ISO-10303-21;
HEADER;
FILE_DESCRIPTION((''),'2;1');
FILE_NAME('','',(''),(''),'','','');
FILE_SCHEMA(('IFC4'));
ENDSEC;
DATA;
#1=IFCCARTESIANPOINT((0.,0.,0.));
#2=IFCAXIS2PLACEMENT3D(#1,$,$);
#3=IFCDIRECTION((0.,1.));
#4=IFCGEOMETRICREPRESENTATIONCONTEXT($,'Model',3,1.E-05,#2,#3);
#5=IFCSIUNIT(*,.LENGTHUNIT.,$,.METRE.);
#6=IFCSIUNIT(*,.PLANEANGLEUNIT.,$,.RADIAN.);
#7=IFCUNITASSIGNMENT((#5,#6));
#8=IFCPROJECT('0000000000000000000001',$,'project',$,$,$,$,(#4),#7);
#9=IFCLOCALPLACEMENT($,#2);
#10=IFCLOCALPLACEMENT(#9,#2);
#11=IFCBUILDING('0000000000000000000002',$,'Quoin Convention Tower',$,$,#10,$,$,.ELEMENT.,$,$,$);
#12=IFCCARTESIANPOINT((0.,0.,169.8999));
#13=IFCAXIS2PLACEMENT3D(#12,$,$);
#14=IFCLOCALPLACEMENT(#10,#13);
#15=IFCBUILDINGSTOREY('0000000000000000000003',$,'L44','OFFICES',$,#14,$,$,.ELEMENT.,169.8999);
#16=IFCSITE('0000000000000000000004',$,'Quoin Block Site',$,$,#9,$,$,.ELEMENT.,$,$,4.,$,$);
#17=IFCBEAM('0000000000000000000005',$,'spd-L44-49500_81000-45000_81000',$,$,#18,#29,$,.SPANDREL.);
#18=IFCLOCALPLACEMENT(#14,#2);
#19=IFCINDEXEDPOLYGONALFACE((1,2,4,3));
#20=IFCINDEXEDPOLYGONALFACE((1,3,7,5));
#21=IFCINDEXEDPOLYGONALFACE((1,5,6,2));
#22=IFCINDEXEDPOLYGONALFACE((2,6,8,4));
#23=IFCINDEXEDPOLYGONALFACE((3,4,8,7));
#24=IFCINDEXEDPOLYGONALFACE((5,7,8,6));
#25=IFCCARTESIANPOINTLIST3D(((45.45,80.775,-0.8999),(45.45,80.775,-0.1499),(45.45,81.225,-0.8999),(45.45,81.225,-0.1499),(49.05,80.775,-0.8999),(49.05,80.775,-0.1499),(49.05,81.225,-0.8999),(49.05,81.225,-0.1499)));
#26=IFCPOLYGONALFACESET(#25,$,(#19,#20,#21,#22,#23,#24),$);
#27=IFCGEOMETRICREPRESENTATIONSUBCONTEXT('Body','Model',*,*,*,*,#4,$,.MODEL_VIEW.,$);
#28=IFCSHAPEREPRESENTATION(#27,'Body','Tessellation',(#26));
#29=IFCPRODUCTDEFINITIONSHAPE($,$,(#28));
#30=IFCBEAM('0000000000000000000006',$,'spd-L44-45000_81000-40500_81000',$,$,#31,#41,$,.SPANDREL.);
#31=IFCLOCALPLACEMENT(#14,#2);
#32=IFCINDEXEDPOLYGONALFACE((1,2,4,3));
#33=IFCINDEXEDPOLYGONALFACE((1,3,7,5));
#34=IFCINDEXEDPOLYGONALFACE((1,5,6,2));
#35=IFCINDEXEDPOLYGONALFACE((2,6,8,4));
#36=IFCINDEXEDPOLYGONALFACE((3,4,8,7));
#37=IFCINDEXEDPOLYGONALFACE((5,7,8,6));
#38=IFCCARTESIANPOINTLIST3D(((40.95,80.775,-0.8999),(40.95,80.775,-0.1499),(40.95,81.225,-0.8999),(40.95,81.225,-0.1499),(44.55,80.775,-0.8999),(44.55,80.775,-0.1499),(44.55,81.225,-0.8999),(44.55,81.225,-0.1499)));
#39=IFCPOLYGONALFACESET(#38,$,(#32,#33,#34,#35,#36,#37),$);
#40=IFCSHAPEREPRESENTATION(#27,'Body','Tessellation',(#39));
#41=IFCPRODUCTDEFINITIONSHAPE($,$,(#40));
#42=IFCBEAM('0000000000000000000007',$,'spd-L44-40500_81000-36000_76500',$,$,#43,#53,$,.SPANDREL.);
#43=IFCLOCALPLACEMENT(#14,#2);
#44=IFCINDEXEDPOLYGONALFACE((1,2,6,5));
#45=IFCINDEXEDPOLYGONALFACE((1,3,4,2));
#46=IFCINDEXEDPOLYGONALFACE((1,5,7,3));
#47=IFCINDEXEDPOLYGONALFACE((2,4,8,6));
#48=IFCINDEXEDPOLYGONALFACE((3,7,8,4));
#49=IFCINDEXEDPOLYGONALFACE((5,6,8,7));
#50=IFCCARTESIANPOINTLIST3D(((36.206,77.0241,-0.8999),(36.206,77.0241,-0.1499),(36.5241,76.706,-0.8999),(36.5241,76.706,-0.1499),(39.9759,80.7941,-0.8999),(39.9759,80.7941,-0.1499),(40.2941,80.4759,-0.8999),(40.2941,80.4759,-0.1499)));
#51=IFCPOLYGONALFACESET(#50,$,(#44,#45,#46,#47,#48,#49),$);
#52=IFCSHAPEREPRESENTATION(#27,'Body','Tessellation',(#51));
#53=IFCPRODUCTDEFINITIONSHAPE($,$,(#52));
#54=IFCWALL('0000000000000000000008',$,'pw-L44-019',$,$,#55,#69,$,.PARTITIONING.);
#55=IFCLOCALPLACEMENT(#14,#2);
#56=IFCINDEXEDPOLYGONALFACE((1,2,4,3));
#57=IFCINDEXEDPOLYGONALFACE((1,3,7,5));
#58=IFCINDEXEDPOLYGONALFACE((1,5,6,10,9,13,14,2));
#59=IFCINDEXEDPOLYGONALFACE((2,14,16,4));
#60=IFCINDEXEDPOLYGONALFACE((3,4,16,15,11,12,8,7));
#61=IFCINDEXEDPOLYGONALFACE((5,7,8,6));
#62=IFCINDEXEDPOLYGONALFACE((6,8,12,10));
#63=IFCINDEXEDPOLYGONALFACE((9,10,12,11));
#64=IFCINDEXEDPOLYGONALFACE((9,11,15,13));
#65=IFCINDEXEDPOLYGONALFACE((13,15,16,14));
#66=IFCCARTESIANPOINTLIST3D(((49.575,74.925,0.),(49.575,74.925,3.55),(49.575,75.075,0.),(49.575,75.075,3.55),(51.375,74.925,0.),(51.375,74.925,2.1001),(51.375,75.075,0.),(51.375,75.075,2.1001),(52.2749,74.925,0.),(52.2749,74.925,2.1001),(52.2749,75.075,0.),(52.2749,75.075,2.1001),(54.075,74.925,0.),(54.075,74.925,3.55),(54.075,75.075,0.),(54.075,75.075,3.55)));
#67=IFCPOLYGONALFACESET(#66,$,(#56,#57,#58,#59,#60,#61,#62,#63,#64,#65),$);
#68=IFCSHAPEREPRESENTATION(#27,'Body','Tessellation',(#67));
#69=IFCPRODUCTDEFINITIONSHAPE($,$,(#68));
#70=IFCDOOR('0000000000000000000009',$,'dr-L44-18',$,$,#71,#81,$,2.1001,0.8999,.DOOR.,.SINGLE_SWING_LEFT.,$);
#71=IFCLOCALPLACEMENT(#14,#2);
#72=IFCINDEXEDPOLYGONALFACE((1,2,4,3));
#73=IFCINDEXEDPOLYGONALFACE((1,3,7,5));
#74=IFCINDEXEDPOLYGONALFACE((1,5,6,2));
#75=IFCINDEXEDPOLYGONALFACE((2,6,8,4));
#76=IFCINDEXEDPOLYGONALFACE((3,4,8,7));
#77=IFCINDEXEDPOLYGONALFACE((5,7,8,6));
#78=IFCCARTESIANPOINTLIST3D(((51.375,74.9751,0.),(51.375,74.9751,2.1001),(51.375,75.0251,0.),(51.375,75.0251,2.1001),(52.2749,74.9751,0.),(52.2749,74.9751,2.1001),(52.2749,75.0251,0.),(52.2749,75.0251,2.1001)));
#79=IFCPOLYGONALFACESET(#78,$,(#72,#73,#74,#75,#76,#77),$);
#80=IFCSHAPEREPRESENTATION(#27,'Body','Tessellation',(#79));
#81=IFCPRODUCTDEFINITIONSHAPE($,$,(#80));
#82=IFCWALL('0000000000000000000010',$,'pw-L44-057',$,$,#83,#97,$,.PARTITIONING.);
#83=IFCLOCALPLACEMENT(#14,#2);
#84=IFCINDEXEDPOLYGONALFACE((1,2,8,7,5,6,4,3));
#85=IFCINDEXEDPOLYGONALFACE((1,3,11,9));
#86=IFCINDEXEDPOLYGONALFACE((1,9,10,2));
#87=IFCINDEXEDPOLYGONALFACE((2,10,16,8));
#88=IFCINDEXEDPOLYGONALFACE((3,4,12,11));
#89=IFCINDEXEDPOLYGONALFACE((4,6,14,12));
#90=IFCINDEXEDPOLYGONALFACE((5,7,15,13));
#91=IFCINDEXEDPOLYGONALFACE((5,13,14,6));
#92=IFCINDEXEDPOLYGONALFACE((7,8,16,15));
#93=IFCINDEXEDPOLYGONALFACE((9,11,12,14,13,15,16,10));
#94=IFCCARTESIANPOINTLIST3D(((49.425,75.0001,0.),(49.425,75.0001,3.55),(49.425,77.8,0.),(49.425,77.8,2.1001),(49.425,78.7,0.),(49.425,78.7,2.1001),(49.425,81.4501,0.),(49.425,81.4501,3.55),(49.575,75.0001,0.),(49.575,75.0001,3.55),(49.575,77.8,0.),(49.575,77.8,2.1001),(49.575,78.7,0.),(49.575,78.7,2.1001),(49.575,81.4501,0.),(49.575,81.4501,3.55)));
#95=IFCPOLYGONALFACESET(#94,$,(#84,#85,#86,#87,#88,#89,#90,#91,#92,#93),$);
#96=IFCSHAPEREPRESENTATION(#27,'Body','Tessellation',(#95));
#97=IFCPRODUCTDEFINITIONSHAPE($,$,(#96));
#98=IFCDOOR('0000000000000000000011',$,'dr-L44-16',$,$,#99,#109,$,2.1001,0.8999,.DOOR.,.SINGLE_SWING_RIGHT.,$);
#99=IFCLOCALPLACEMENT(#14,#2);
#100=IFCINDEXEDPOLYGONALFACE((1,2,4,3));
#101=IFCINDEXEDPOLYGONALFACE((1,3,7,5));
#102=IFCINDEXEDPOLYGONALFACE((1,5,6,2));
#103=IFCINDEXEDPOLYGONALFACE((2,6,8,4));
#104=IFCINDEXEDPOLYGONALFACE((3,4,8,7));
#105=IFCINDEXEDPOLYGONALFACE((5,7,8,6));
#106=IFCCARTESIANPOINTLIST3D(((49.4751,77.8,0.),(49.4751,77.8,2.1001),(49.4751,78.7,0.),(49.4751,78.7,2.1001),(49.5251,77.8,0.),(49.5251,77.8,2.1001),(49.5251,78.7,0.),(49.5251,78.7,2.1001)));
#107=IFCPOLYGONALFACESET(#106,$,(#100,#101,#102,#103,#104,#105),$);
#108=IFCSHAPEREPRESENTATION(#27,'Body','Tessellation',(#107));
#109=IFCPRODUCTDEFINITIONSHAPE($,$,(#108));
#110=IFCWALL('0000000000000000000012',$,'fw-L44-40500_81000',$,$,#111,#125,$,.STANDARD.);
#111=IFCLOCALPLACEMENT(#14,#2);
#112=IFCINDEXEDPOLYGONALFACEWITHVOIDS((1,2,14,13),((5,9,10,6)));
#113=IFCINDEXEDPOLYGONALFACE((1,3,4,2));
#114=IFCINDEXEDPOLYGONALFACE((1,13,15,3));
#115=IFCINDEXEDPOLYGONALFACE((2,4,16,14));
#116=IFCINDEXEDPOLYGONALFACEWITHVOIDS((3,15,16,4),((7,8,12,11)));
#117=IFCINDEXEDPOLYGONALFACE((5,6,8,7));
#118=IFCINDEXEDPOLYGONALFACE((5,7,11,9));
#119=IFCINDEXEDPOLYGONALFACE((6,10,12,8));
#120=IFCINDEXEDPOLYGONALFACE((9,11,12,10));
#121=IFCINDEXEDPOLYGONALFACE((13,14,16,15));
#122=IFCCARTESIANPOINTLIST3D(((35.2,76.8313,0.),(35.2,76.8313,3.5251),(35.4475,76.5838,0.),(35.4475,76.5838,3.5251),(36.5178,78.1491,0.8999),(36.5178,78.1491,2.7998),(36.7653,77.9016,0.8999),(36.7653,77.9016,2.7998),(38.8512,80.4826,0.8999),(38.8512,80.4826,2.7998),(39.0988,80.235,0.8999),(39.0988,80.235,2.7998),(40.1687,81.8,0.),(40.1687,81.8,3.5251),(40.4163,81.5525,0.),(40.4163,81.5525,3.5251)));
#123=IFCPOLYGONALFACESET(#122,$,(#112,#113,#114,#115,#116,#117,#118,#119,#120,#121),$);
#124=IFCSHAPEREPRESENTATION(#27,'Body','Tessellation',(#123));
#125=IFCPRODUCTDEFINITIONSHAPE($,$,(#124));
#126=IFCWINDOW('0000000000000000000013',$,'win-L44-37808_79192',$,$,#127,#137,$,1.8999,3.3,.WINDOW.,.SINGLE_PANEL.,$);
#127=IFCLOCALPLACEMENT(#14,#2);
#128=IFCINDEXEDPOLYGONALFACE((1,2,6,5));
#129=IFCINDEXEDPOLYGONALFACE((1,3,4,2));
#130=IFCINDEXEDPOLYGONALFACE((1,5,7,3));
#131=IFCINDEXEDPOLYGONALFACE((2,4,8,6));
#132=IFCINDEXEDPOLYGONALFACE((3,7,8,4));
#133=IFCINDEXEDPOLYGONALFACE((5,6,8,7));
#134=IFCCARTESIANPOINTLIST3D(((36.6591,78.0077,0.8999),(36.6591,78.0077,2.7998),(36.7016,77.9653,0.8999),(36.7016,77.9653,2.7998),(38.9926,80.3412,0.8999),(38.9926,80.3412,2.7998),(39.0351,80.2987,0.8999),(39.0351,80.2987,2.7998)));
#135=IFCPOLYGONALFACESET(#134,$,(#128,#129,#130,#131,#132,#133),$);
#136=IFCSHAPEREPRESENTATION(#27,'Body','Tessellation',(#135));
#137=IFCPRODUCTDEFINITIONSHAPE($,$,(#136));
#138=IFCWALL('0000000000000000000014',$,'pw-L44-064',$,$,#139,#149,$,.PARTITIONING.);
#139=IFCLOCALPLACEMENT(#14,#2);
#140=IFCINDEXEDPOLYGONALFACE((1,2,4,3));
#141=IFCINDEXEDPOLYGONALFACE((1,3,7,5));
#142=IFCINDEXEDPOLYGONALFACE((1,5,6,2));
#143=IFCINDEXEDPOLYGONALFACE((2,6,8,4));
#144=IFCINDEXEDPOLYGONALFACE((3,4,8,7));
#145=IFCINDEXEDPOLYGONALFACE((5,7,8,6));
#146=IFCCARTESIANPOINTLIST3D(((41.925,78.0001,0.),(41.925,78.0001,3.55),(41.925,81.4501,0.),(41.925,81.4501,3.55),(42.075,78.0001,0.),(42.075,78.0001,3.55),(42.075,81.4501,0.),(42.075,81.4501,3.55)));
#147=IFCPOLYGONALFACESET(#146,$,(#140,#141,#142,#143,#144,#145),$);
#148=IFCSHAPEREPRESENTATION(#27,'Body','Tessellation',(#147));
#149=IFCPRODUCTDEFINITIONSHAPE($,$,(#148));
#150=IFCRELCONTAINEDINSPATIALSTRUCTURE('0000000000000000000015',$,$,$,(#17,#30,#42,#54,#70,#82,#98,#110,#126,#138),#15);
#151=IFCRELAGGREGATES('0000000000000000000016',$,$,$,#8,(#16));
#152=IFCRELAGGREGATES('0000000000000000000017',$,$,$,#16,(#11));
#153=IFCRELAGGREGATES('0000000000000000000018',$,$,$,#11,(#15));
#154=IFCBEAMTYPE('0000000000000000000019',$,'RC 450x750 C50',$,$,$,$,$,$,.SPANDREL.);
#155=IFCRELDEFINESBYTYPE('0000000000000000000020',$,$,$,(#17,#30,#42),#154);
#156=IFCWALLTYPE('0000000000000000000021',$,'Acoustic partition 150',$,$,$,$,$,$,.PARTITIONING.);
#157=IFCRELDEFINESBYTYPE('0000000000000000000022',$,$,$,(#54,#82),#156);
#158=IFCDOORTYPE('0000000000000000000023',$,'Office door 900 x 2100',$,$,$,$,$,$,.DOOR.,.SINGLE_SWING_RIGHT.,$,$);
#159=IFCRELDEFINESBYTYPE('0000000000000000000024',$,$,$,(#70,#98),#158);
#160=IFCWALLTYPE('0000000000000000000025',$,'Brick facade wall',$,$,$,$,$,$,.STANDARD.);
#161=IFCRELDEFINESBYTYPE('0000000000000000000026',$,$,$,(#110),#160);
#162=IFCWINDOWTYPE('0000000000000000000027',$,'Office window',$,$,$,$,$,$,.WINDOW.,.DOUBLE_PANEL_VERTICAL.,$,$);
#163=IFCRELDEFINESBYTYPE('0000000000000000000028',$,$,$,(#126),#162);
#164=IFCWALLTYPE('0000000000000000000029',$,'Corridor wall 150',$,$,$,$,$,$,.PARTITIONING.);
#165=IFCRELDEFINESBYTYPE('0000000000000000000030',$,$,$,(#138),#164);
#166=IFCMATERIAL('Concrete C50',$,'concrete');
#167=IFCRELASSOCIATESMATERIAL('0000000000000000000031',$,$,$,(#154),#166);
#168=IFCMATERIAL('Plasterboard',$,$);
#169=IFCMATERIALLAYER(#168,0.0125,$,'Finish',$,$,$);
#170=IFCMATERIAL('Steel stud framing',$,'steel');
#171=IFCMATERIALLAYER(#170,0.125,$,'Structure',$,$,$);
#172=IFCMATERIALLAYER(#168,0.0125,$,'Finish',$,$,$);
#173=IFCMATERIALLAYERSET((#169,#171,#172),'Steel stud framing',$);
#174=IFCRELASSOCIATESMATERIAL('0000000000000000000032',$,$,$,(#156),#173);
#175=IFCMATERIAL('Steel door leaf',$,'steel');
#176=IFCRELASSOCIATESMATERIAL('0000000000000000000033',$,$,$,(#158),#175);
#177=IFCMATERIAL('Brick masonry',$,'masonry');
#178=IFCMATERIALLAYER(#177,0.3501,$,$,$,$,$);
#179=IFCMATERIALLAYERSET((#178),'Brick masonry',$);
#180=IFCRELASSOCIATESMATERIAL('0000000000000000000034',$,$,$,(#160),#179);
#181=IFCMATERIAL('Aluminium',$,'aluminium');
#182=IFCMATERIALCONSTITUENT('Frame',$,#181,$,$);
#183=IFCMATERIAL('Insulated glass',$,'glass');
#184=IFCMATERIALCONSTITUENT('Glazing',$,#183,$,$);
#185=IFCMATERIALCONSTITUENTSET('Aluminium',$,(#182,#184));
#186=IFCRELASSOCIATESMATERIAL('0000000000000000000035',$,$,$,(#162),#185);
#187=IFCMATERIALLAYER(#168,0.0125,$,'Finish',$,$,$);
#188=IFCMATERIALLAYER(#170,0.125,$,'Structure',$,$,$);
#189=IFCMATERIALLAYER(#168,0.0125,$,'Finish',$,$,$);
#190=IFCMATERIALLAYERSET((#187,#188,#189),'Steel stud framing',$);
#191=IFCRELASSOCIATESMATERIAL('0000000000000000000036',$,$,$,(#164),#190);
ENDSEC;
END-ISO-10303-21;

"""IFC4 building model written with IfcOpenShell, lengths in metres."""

from ifc_helpers import new_model, si_unit, direction, frame, frame_2d, origin, origin_2d, place, context, subcontext, project, spatial, rectangle, extrude, material, layer, layer_set, constituent, constituent_set, material_profile, profile_set, type_object, element, fill, save


model = new_model("IFC4")

# Units and contexts
model_context = context("Model", 3, precision=1e-05, world=origin(), true_north=direction((0.0, 1.0)))
body_context = subcontext(model_context, "Body", "Model", "MODEL_VIEW")
ifc_project = project(units=[si_unit("LENGTHUNIT", "METRE"), si_unit("PLANEANGLEUNIT", "RADIAN")], contexts=[model_context])

# Site, building, storey
site_placement = place(None, origin())
site = spatial("IfcSite", under=ifc_project, at=site_placement, Name="Quoin Block Site", CompositionType="ELEMENT", RefElevation=4.0)
building_placement = place(site_placement, origin())
building = spatial("IfcBuilding", under=site, at=building_placement, Name="Quoin Convention Tower", CompositionType="ELEMENT")
storey_placement = place(building_placement, frame((0.0, 0.0, 169.8999)))
storey = spatial("IfcBuildingStorey", under=building, at=storey_placement, Name="L44", Description="OFFICES", CompositionType="ELEMENT", Elevation=169.8999)

# Shared definitions
ifc_material_1 = material(Name="Concrete C50", Category="concrete")

# Beams
ifc_material_profile_1 = material_profile(ifc_material_1, rectangle(XDim=0.45, YDim=0.75, at=origin_2d()), Name="RC 450x750")
ifc_profile_set_1 = profile_set([ifc_material_profile_1], Name="Concrete C50")
beam_type_1 = type_object("IfcBeamType", Name="RC 450x750 C50", PredefinedType="SPANDREL", material=ifc_profile_set_1)
for number, where, z_axis, x_axis, name in (
    (1, (49.05, 81.0, -0.5249), (-1.0, 0.0, 0.0), (0.0, -1.0, 0.0), "spd-L44-49500_81000-45000_81000"),
    (2, (44.55, 81.0, -0.5249), (-1.0, 0.0, 0.0), (0.0, -1.0, 0.0), "spd-L44-45000_81000-40500_81000"),
):
    element("IfcBeam", number, at=place(storey_placement, frame(where, z_axis=z_axis, x_axis=x_axis)), inside=storey, type_object=beam_type_1, Name=name, PredefinedType="SPANDREL", context=body_context, shape_type="SweptSolid", body=[
        extrude(rectangle(XDim=0.45, YDim=0.75, at=origin_2d()), origin(), (0.0, 0.0, 1.0), 3.6001),
    ])
beam_1_placement = place(storey_placement, frame((40.135, 80.635, -0.5249), z_axis=(-0.707107, -0.707107, 0.0), x_axis=(0.707107, -0.707107, 0.0)))
element("IfcBeam", 3, at=beam_1_placement, inside=storey, type_object=beam_type_1, Name="spd-L44-40500_81000-36000_76500", PredefinedType="SPANDREL", context=body_context, shape_type="SweptSolid", body=[
    extrude(rectangle(XDim=0.45, YDim=0.75, at=origin_2d()), origin(), (0.0, 0.0, 1.0), 5.3315),
])

# Walls, openings, doors
ifc_material_2 = material(Name="Plasterboard")
ifc_layer_1 = layer(ifc_material_2, 0.0125, Name="Finish")
ifc_material_3 = material(Name="Steel stud framing", Category="steel")
ifc_layer_2 = layer(ifc_material_3, 0.125, Name="Structure")
ifc_layer_3 = layer(ifc_material_2, 0.0125, Name="Finish")
ifc_layer_set_1 = layer_set([ifc_layer_1, ifc_layer_2, ifc_layer_3], Name="Steel stud framing")
wall_type_1 = type_object("IfcWallType", Name="Acoustic partition 150", PredefinedType="PARTITIONING", material=ifc_layer_set_1)
wall_1_placement = place(storey_placement, frame((49.575, 75.0, 0.0), z_axis=(0.0, 0.0, 1.0), x_axis=(1.0, 0.0, 0.0)))
wall_1 = element("IfcWall", 4, at=wall_1_placement, inside=storey, type_object=wall_type_1, Name="pw-L44-019", PredefinedType="PARTITIONING", context=body_context, shape_type="SweptSolid", body=[
    extrude(rectangle(XDim=4.5, YDim=0.1499, at=frame_2d((2.25, 0.0))), origin(), (0.0, 0.0, 1.0), 3.55),
])
opening_1_placement = place(wall_1_placement, frame((1.8, 0.0, 0.0)))
opening_1 = element("IfcOpeningElement", 5, at=opening_1_placement, cuts=wall_1, PredefinedType="OPENING", context=body_context, shape_type="SweptSolid", body=[
    extrude(rectangle(XDim=0.8999, YDim=2.1001, at=frame_2d((0.45, 1.05))), frame((0.0, 0.085, 0.0), z_axis=(0.0, -1.0, 0.0), x_axis=(1.0, 0.0, 0.0)), (0.0, 0.0, 1.0), 0.1699),
])
ifc_material_4 = material(Name="Steel door leaf", Category="steel")
door_type_1 = type_object("IfcDoorType", Name="Office door 900 x 2100", OperationType="SINGLE_SWING_RIGHT", PredefinedType="DOOR", material=ifc_material_4)
door_1_placement = place(opening_1_placement, frame((0.8999, 0.0, 0.0), z_axis=(0.0, 0.0, 1.0), x_axis=(-1.0, 0.0, 0.0)))
door_1 = element("IfcDoor", 6, at=door_1_placement, inside=storey, type_object=door_type_1, Name="dr-L44-18", OperationType="SINGLE_SWING_LEFT", OverallHeight=2.1001, OverallWidth=0.8999, PredefinedType="DOOR", context=body_context, shape_type="SweptSolid", body=[
    extrude(rectangle(XDim=0.8999, YDim=2.1001, at=frame_2d((0.45, 1.05))), frame((0.0, 0.0249, 0.0), z_axis=(0.0, -1.0, 0.0), x_axis=(1.0, 0.0, 0.0)), (0.0, 0.0, 1.0), 0.05),
])
fill(opening_1, door_1)
wall_2_placement = place(storey_placement, frame((49.5, 75.0, 0.0), z_axis=(0.0, 0.0, 1.0), x_axis=(0.0, 1.0, 0.0)))
wall_2 = element("IfcWall", 7, at=wall_2_placement, inside=storey, type_object=wall_type_1, Name="pw-L44-057", PredefinedType="PARTITIONING", context=body_context, shape_type="SweptSolid", body=[
    extrude(rectangle(XDim=6.45, YDim=0.1499, at=frame_2d((3.2251, 0.0))), origin(), (0.0, 0.0, 1.0), 3.55),
])
opening_2_placement = place(wall_2_placement, frame((2.8, 0.0, 0.0)))
opening_2 = element("IfcOpeningElement", 8, at=opening_2_placement, cuts=wall_2, PredefinedType="OPENING", context=body_context, shape_type="SweptSolid", body=[
    extrude(rectangle(XDim=0.8999, YDim=2.1001, at=frame_2d((0.45, 1.05))), frame((0.0, 0.085, 0.0), z_axis=(0.0, -1.0, 0.0), x_axis=(1.0, 0.0, 0.0)), (0.0, 0.0, 1.0), 0.1699),
])
door_2_placement = place(opening_2_placement, origin())
door_2 = element("IfcDoor", 9, at=door_2_placement, inside=storey, type_object=door_type_1, Name="dr-L44-16", OperationType="SINGLE_SWING_RIGHT", OverallHeight=2.1001, OverallWidth=0.8999, PredefinedType="DOOR", context=body_context, shape_type="SweptSolid", body=[
    extrude(rectangle(XDim=0.8999, YDim=2.1001, at=frame_2d((0.45, 1.05))), frame((0.0, 0.0249, 0.0), z_axis=(0.0, -1.0, 0.0), x_axis=(1.0, 0.0, 0.0)), (0.0, 0.0, 1.0), 0.05),
])
fill(opening_2, door_2)

# Wall, opening, window
ifc_material_5 = material(Name="Brick masonry", Category="masonry")
ifc_layer_4 = layer(ifc_material_5, 0.3501)
ifc_layer_set_2 = layer_set([ifc_layer_4], Name="Brick masonry")
wall_type_2 = type_object("IfcWallType", Name="Brick facade wall", PredefinedType="STANDARD", material=ifc_layer_set_2)
wall_3_placement = place(storey_placement, frame((40.2925, 81.6763, 0.0), z_axis=(0.0, 0.0, 1.0), x_axis=(-0.707107, -0.707107, 0.0)))
wall_3 = element("IfcWall", 10, at=wall_3_placement, inside=storey, type_object=wall_type_2, Name="fw-L44-40500_81000", PredefinedType="STANDARD", context=body_context, shape_type="SweptSolid", body=[
    extrude(rectangle(XDim=7.0269, YDim=0.3501, at=frame_2d((3.5134, 0.0))), origin(), (0.0, 0.0, 1.0), 3.5251),
])
opening_3_placement = place(wall_3_placement, frame((1.8633, 0.0, 0.8999)))
opening_3 = element("IfcOpeningElement", 11, at=opening_3_placement, cuts=wall_3, PredefinedType="OPENING", context=body_context, shape_type="SweptSolid", body=[
    extrude(rectangle(XDim=3.3, YDim=1.8999, at=frame_2d((1.6499, 0.95))), frame((0.0, 0.1851, 0.0), z_axis=(0.0, -1.0, 0.0), x_axis=(1.0, 0.0, 0.0)), (0.0, 0.0, 1.0), 0.3701),
])
ifc_material_6 = material(Name="Aluminium", Category="aluminium")
ifc_constituent_1 = constituent(ifc_material_6, Name="Frame")
ifc_material_7 = material(Name="Insulated glass", Category="glass")
ifc_constituent_2 = constituent(ifc_material_7, Name="Glazing")
ifc_constituent_set = constituent_set(constituents=[ifc_constituent_1, ifc_constituent_2], Name="Aluminium")
window_type = type_object("IfcWindowType", Name="Office window", PartitioningType="DOUBLE_PANEL_VERTICAL", PredefinedType="WINDOW", material=ifc_constituent_set)
window_placement = place(opening_3_placement, origin())
window = element("IfcWindow", 12, at=window_placement, inside=storey, type_object=window_type, Name="win-L44-37808_79192", OverallHeight=1.8999, OverallWidth=3.3, PartitioningType="SINGLE_PANEL", PredefinedType="WINDOW", context=body_context, shape_type="SweptSolid", body=[
    extrude(rectangle(XDim=3.3, YDim=1.8999, at=frame_2d((1.6499, 0.95))), frame((0.0, 0.085, 0.0), z_axis=(0.0, -1.0, 0.0), x_axis=(1.0, 0.0, 0.0)), (0.0, 0.0, 1.0), 0.0601),
])
fill(opening_3, window)

# Wall
ifc_layer_5 = layer(ifc_material_2, 0.0125, Name="Finish")
ifc_layer_6 = layer(ifc_material_3, 0.125, Name="Structure")
ifc_layer_7 = layer(ifc_material_2, 0.0125, Name="Finish")
ifc_layer_set_3 = layer_set([ifc_layer_5, ifc_layer_6, ifc_layer_7], Name="Steel stud framing")
wall_type_3 = type_object("IfcWallType", Name="Corridor wall 150", PredefinedType="PARTITIONING", material=ifc_layer_set_3)
wall_4_placement = place(storey_placement, frame((42.0, 78.0, 0.0), z_axis=(0.0, 0.0, 1.0), x_axis=(0.0, 1.0, 0.0)))
element("IfcWall", 13, at=wall_4_placement, inside=storey, type_object=wall_type_3, Name="pw-L44-064", PredefinedType="PARTITIONING", context=body_context, shape_type="SweptSolid", body=[
    extrude(rectangle(XDim=3.45, YDim=0.1499, at=frame_2d((1.7251, 0.0))), origin(), (0.0, 0.0, 1.0), 3.55),
])

save(model, "model.ifc")
